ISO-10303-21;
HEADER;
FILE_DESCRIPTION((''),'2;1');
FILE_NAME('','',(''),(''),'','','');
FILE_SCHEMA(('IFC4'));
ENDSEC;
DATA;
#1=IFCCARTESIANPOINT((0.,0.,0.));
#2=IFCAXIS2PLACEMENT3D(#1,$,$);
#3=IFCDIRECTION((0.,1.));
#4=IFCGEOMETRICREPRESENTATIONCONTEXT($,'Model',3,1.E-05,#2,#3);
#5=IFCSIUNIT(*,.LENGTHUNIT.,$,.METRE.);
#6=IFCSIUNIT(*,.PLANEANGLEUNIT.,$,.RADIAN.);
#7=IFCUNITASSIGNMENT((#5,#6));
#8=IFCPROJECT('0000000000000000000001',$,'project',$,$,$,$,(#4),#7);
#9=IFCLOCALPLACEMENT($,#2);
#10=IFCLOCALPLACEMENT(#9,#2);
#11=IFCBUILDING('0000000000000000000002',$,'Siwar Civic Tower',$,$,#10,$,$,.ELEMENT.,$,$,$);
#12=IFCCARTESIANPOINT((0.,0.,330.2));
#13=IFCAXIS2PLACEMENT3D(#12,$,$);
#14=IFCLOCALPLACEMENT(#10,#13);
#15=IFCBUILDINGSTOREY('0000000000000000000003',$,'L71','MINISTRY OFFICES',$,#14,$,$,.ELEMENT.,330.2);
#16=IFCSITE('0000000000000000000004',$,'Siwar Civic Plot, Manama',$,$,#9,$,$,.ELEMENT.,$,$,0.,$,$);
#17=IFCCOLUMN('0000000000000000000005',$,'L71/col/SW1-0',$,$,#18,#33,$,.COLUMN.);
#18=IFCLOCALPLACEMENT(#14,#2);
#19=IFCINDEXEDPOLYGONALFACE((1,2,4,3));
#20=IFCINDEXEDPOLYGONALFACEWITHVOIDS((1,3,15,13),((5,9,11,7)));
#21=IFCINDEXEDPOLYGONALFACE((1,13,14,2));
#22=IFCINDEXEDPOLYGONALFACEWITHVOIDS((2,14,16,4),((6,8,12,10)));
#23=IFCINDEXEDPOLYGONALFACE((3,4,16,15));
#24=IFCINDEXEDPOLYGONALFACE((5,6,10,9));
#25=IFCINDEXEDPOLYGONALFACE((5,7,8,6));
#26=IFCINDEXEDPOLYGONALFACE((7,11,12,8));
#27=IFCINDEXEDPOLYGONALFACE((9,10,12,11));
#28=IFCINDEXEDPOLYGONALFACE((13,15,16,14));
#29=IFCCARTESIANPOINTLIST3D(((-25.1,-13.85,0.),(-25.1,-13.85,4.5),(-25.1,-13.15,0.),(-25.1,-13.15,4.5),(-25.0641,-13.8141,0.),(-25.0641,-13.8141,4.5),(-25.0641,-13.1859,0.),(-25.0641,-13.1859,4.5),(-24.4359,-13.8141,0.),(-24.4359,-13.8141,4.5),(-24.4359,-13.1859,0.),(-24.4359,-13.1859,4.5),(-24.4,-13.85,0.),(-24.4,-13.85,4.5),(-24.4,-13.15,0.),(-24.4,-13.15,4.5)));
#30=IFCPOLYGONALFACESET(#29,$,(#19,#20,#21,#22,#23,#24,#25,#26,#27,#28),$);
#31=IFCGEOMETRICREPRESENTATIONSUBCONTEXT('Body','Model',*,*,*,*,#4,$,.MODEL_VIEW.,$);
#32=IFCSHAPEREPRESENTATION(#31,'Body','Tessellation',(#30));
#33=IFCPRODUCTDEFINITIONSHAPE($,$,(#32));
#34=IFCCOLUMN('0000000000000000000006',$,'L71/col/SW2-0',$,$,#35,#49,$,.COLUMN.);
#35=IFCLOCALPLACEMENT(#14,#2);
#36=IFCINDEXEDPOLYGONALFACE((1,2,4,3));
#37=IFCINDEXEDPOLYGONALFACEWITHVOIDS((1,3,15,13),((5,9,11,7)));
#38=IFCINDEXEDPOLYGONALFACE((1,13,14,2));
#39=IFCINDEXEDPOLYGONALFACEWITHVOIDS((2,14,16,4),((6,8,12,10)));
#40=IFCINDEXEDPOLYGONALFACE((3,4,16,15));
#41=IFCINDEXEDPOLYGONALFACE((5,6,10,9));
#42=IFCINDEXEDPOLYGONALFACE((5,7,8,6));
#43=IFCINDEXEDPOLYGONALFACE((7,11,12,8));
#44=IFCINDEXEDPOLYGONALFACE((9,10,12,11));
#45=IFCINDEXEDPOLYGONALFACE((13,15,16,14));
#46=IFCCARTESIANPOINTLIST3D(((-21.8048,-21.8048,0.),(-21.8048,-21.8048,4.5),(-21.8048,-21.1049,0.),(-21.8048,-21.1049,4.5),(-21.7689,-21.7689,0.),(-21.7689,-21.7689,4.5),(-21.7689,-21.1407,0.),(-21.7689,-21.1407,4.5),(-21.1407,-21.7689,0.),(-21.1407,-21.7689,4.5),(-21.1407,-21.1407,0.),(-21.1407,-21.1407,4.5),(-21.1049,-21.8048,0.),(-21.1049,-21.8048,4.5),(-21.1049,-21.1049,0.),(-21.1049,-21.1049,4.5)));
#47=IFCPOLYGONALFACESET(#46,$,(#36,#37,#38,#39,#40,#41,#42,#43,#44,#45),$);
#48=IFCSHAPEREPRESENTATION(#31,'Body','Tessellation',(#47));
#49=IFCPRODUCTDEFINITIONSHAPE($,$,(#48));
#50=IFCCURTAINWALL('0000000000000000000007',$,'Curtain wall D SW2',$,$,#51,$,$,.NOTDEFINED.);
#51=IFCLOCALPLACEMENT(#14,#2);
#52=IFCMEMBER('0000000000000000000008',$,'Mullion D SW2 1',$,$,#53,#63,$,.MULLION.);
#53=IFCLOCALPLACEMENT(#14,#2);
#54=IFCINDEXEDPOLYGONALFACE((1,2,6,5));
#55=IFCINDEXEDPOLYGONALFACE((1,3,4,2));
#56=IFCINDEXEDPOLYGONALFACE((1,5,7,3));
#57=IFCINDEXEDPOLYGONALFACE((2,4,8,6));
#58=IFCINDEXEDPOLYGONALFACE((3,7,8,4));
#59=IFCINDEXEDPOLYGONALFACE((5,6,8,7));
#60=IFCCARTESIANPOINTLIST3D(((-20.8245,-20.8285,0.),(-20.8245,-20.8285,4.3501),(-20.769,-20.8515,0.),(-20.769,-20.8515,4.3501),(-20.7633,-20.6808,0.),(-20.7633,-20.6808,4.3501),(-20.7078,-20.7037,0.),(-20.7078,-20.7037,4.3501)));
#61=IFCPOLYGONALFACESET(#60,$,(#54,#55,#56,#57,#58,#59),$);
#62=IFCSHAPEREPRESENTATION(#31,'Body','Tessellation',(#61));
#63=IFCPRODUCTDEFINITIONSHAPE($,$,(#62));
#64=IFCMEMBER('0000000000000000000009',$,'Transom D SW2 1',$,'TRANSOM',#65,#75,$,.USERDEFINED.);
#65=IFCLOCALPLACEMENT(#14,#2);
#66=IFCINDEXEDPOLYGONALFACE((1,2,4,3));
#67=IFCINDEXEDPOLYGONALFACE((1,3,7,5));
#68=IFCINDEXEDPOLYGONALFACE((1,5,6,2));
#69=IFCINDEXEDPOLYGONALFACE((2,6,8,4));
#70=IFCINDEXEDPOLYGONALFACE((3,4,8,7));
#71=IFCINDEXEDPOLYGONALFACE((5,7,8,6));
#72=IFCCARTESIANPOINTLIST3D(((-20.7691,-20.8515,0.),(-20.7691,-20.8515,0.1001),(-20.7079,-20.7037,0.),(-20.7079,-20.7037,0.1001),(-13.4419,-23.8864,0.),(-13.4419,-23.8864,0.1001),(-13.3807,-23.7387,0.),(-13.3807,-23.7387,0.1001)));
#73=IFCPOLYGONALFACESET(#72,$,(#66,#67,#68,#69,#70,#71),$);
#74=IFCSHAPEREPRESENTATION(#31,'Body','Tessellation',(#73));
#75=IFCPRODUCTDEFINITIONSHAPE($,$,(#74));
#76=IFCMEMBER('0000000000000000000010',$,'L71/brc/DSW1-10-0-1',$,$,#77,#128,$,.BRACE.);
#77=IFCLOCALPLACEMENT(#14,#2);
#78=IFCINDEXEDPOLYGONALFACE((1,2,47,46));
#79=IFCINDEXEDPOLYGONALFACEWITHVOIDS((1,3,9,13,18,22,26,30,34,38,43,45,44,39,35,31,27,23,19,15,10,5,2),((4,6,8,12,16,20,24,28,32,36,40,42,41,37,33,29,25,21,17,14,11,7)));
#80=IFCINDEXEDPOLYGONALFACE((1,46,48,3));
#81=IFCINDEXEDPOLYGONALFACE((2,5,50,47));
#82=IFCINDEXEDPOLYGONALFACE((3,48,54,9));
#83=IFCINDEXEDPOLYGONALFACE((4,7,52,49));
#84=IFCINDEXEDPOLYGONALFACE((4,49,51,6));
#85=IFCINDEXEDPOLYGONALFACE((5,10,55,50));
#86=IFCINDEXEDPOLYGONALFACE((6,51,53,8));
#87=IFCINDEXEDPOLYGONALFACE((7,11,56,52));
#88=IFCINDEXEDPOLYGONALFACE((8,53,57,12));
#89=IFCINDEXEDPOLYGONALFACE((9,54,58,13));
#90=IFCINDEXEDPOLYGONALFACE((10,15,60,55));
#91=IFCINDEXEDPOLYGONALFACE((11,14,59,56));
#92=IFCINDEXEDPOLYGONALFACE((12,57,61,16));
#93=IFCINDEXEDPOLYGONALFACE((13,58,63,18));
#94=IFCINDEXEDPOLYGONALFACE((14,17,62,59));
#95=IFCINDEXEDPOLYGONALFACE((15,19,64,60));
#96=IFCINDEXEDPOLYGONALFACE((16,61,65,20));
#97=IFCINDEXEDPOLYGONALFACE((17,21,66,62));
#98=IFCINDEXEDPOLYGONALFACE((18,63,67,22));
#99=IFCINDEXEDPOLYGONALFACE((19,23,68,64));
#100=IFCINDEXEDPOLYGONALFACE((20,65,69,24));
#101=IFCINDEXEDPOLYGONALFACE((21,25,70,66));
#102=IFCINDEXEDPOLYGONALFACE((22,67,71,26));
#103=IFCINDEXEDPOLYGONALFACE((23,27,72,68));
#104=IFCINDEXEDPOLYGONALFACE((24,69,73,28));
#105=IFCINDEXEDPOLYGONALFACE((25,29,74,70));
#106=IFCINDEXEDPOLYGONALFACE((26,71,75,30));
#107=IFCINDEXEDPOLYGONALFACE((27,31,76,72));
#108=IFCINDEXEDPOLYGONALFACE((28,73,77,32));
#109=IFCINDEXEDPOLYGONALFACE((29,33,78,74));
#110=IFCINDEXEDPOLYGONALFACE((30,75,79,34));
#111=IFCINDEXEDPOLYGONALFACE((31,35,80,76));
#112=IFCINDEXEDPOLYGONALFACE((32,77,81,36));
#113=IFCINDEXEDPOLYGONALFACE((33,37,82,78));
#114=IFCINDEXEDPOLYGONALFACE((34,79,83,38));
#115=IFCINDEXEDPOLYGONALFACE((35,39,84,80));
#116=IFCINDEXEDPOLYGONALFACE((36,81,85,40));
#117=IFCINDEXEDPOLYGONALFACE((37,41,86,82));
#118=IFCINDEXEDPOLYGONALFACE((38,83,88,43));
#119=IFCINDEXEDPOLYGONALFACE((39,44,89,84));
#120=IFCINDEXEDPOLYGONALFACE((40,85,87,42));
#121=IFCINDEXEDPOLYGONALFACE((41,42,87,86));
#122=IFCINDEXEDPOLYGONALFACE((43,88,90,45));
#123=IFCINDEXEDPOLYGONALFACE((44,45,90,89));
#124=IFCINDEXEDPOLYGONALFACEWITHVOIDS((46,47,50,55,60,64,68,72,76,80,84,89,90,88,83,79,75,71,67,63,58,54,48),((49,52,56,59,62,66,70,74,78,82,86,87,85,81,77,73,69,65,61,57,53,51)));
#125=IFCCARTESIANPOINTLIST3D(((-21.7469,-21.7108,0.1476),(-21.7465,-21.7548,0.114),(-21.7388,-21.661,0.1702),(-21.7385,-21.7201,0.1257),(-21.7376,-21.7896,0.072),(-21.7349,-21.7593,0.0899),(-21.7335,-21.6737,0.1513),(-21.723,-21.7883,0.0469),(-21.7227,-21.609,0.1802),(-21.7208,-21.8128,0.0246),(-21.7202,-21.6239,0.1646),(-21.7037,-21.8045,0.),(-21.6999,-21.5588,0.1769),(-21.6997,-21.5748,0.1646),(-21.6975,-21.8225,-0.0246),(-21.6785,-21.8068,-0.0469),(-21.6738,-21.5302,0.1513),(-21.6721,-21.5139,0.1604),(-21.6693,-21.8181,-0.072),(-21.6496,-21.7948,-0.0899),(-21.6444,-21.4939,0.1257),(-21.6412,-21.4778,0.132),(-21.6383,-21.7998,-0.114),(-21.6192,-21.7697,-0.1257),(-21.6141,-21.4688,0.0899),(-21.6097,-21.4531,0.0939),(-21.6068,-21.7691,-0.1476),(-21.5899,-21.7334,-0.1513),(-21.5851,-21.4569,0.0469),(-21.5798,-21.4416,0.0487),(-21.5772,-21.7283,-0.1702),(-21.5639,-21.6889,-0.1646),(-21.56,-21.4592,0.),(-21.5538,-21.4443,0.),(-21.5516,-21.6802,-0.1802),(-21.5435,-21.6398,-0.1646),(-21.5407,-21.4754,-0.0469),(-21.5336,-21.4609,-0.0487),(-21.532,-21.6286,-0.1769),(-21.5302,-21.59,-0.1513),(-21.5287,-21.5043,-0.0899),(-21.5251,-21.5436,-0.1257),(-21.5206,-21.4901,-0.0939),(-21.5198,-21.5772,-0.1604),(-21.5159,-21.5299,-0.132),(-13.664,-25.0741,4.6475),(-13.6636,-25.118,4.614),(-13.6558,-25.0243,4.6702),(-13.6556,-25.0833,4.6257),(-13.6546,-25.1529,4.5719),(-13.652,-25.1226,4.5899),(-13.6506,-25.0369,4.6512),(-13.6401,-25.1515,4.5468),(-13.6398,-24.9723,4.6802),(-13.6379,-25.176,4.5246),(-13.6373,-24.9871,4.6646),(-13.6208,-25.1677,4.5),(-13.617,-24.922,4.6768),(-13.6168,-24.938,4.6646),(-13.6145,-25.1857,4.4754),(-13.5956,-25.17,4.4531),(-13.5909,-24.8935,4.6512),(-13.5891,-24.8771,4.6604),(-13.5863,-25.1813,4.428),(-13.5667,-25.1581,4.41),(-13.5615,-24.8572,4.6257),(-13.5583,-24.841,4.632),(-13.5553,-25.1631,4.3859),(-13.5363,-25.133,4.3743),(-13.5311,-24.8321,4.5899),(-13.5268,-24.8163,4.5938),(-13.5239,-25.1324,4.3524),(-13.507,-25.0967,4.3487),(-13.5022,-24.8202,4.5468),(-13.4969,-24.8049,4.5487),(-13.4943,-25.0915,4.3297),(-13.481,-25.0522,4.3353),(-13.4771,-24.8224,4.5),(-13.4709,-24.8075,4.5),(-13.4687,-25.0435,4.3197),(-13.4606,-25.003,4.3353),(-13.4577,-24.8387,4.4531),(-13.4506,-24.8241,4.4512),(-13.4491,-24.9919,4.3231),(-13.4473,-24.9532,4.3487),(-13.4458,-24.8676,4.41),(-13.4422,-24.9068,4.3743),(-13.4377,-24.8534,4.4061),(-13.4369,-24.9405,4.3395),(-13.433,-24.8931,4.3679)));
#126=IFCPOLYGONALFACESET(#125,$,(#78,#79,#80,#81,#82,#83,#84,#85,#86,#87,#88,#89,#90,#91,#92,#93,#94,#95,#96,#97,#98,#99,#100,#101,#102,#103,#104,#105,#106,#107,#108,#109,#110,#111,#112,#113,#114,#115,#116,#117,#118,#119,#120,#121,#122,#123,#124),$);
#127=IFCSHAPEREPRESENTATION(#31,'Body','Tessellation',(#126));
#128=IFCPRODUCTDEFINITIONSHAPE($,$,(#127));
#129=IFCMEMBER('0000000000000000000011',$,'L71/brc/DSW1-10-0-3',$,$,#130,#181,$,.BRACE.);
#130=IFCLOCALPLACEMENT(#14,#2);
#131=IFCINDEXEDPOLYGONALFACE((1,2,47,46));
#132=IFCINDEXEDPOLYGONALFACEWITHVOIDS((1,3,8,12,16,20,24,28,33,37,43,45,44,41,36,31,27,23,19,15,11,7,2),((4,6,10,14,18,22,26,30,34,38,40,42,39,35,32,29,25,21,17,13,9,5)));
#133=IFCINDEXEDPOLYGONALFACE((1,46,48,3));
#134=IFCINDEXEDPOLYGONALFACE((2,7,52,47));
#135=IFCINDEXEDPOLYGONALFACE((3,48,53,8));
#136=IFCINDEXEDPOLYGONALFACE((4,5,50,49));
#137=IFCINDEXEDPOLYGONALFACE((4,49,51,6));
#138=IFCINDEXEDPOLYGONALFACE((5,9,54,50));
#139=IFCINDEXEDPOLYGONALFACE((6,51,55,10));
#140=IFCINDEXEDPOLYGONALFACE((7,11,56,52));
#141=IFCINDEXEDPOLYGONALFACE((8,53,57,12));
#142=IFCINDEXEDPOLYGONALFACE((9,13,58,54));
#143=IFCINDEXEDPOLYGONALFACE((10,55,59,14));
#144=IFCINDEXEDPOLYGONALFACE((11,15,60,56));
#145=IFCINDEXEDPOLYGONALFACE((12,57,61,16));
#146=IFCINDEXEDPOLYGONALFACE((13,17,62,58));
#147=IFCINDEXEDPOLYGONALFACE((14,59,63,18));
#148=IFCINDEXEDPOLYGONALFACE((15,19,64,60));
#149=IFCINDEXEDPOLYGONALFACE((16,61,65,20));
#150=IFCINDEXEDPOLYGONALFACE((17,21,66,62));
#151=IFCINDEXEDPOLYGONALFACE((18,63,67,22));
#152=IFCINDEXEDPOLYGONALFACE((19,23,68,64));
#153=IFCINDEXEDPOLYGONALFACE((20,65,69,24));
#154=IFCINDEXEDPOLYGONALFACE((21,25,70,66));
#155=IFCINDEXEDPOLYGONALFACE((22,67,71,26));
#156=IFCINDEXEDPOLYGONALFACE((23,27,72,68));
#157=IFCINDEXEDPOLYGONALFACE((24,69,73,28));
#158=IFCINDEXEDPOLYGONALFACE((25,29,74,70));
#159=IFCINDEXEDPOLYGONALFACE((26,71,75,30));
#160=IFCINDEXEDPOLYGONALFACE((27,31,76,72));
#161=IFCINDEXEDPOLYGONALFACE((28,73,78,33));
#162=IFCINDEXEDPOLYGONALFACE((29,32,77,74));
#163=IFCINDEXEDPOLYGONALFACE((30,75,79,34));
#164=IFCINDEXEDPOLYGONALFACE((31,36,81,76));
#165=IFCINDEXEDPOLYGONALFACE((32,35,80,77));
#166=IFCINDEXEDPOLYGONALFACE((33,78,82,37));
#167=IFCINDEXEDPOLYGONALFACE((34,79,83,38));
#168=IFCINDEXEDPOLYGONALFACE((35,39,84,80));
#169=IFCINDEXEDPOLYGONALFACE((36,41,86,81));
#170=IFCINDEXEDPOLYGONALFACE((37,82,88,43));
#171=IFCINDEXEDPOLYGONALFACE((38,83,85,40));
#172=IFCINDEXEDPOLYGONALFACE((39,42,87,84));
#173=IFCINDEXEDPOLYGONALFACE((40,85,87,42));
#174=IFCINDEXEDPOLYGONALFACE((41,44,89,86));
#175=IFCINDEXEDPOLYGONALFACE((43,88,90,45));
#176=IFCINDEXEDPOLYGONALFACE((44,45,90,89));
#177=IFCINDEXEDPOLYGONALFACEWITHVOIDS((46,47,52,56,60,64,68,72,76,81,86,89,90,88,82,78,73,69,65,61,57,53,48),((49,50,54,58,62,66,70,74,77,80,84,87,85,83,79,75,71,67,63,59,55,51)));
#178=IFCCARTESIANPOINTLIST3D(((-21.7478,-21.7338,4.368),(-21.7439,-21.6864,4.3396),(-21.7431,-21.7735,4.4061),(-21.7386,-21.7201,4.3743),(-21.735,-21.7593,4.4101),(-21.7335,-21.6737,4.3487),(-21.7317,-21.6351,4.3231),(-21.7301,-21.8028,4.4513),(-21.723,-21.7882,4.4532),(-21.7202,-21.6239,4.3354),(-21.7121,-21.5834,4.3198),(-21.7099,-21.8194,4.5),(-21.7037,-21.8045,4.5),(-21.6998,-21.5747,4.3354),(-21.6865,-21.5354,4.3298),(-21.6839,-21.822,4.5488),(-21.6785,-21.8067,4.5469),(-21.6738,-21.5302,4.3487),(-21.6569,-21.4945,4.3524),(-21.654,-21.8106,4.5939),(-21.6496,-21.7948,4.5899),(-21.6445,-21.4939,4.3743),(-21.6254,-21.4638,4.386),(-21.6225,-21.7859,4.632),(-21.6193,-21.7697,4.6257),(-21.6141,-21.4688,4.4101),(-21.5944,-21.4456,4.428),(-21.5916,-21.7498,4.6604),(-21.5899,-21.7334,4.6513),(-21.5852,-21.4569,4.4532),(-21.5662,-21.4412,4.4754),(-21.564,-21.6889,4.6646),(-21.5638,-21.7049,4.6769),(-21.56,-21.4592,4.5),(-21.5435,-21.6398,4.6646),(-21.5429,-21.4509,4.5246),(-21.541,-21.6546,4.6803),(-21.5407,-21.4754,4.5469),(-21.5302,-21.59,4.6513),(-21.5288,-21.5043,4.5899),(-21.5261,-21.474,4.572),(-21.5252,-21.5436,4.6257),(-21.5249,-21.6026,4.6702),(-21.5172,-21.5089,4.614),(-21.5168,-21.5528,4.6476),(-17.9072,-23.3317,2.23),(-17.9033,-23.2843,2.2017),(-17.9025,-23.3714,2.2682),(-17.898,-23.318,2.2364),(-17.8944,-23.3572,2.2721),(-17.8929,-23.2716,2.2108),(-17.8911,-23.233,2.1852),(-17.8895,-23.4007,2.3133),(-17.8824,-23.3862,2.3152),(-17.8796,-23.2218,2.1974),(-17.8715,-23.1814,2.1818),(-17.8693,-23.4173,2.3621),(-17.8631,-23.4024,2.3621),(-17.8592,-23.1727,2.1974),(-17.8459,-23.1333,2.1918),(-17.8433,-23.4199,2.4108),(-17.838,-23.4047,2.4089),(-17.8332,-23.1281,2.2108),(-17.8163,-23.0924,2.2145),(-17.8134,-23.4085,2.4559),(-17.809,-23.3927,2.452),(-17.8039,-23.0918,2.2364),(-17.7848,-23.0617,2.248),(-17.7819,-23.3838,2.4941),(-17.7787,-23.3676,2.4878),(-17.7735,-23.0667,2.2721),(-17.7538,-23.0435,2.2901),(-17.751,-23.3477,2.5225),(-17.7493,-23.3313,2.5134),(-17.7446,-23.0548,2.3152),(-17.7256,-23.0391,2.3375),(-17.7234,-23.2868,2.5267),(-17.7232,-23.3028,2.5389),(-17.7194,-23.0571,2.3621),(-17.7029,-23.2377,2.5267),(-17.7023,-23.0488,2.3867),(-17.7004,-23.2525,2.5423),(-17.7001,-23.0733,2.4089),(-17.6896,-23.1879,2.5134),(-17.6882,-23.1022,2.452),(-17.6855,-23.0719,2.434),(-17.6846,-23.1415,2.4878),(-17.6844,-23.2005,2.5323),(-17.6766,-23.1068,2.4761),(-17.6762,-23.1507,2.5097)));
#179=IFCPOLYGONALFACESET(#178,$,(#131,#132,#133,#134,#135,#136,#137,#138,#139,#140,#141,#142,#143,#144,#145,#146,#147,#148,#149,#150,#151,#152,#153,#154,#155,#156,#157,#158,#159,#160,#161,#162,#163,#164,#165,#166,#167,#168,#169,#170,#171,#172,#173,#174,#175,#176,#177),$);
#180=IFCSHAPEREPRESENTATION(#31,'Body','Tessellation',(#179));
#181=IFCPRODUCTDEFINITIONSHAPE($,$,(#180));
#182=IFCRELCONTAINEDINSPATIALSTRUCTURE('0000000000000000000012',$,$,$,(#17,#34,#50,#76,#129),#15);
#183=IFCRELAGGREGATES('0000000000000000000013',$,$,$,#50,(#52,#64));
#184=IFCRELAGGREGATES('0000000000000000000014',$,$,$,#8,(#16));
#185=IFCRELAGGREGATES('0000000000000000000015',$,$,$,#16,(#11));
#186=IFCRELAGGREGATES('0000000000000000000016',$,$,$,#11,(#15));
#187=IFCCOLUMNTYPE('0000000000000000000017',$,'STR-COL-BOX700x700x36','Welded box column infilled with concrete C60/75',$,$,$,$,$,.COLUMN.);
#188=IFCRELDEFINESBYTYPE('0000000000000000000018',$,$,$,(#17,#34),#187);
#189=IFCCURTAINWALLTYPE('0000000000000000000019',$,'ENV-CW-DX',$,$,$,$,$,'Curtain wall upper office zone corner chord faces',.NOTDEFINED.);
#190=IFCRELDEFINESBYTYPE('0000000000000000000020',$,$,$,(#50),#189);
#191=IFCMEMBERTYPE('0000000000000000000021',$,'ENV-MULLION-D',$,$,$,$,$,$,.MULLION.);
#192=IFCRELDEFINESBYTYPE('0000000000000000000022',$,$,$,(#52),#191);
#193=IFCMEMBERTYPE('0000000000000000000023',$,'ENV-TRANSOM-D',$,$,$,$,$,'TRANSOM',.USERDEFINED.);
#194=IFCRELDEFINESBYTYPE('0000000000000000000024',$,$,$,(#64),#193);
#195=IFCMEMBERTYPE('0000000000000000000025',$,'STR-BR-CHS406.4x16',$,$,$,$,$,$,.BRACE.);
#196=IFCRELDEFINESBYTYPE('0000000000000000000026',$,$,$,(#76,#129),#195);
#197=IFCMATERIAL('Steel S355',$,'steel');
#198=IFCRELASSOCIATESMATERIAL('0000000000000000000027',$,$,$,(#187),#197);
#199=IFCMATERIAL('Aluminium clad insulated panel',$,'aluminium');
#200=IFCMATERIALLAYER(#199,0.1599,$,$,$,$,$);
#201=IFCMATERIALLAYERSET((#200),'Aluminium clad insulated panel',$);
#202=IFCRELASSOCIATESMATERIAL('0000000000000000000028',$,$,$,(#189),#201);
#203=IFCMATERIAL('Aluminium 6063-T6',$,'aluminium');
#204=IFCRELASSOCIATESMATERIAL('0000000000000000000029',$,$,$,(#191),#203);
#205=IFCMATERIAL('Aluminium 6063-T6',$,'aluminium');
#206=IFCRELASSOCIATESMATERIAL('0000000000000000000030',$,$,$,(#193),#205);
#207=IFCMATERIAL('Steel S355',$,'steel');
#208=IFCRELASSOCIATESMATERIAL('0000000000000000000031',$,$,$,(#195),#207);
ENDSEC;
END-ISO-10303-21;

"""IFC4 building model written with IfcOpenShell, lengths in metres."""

from ifc_helpers import new_model, si_unit, direction, frame, origin, origin_2d, place, context, subcontext, project, spatial, rectangle, hollow_rectangle, hollow_circle, extrude, material, layer, layer_set, material_profile, profile_set, type_object, element, aggregate, save


model = new_model("IFC4")

# Units and contexts
model_context = context("Model", 3, precision=1e-05, world=origin(), true_north=direction((0.0, 1.0)))
body_context = subcontext(model_context, "Body", "Model", "MODEL_VIEW")
ifc_project = project(units=[si_unit("LENGTHUNIT", "METRE"), si_unit("PLANEANGLEUNIT", "RADIAN")], contexts=[model_context])

# Site, building, storey
site_placement = place(None, origin())
site = spatial("IfcSite", under=ifc_project, at=site_placement, Name="Siwar Civic Plot, Manama", CompositionType="ELEMENT", RefElevation=0.0)
building_placement = place(site_placement, origin())
building = spatial("IfcBuilding", under=site, at=building_placement, Name="Siwar Civic Tower", CompositionType="ELEMENT")
storey_placement = place(building_placement, frame((0.0, 0.0, 330.2)))
storey = spatial("IfcBuildingStorey", under=building, at=storey_placement, Name="L71", Description="MINISTRY OFFICES", CompositionType="ELEMENT", Elevation=330.2)

# Columns
ifc_material_1 = material(Name="Steel S355", Category="steel")
ifc_material_profile_1 = material_profile(ifc_material_1, hollow_rectangle(XDim=0.7, YDim=0.7, WallThickness=0.0359, at=origin_2d()), Name="BOX700x700x36")
ifc_profile_set_1 = profile_set([ifc_material_profile_1], Name="Steel S355")
column_type = type_object("IfcColumnType", Name="STR-COL-BOX700x700x36", Description="Welded box column infilled with concrete C60/75", PredefinedType="COLUMN", material=ifc_profile_set_1)
for number, where, z_axis, x_axis, name in (
    (1, (-24.75, -13.5, 0.0), (0.0, 0.0, 1.0), (1.0, 0.0, 0.0), "L71/col/SW1-0"),
    (2, (-21.4548, -21.4548, 0.0), (0.0, 0.0, 1.0), (1.0, 0.0, 0.0), "L71/col/SW2-0"),
):
    element("IfcColumn", number, at=place(storey_placement, frame(where, z_axis=z_axis, x_axis=x_axis)), inside=storey, type_object=column_type, Name=name, PredefinedType="COLUMN", context=body_context, shape_type="SweptSolid", body=[
        extrude(hollow_rectangle(XDim=0.7, YDim=0.7, WallThickness=0.0359, at=origin_2d()), origin(), (0.0, 0.0, 1.0), 4.5),
    ])

# Curtain wall, members
ifc_material_2 = material(Name="Aluminium clad insulated panel", Category="aluminium")
ifc_layer_1 = layer(ifc_material_2, 0.1599)
ifc_layer_set_1 = layer_set([ifc_layer_1], Name="Aluminium clad insulated panel")
curtain_wall_type = type_object("IfcCurtainWallType", Name="ENV-CW-DX", ElementType="Curtain wall upper office zone corner chord faces", PredefinedType="NOTDEFINED", material=ifc_layer_set_1)
curtain_wall_1_placement = place(storey_placement, origin())
curtain_wall_1 = element("IfcCurtainWall", 3, at=curtain_wall_1_placement, inside=storey, type_object=curtain_wall_type, Name="Curtain wall D SW2", PredefinedType="NOTDEFINED")
ifc_material_3 = material(Name="Aluminium 6063-T6", Category="aluminium")
ifc_material_profile_2 = material_profile(ifc_material_3, rectangle(XDim=0.1599, YDim=0.0601, at=origin_2d()), Name="AL 160x60")
ifc_profile_set_2 = profile_set([ifc_material_profile_2], Name="Aluminium 6063-T6")
member_type_1 = type_object("IfcMemberType", Name="ENV-MULLION-D", PredefinedType="MULLION", material=ifc_profile_set_2)
member_1_placement = place(storey_placement, frame((-20.7661, -20.7661, 0.0), z_axis=(0.0, 0.0, 1.0), x_axis=(0.382683, 0.92388, 0.0)))
member_1 = element("IfcMember", 4, at=member_1_placement, type_object=member_type_1, Name="Mullion D SW2 1", PredefinedType="MULLION", context=body_context, shape_type="SweptSolid", body=[
    extrude(rectangle(XDim=0.1599, YDim=0.0601, at=origin_2d()), origin(), (0.0, 0.0, 1.0), 4.3501),
])
ifc_material_4 = material(Name="Aluminium 6063-T6", Category="aluminium")
ifc_material_profile_3 = material_profile(ifc_material_4, rectangle(XDim=0.1599, YDim=0.1001, at=origin_2d()), Name="AL 160x100")
ifc_profile_set_3 = profile_set([ifc_material_profile_3], Name="Aluminium 6063-T6")
member_type_2 = type_object("IfcMemberType", Name="ENV-TRANSOM-D", ElementType="TRANSOM", PredefinedType="USERDEFINED", material=ifc_profile_set_3)
member_2_placement = place(storey_placement, frame((-20.7385, -20.7776, 0.05), z_axis=(0.923884, -0.382674, 0.0), x_axis=(0.382674, 0.923884, 0.0)))
member_2 = element("IfcMember", 5, at=member_2_placement, type_object=member_type_2, Name="Transom D SW2 1", ObjectType="TRANSOM", PredefinedType="USERDEFINED", context=body_context, shape_type="SweptSolid", body=[
    extrude(rectangle(XDim=0.1599, YDim=0.1001, at=origin_2d()), origin(), (0.0, 0.0, 1.0), 7.9309),
])

# Members
ifc_material_5 = material(Name="Steel S355", Category="steel")
ifc_material_profile_4 = material_profile(ifc_material_5, hollow_circle(Radius=0.2031, WallThickness=0.0161, at=origin_2d()), Name="CHS406.4x16")
ifc_profile_set_4 = profile_set([ifc_material_profile_4], Name="Steel S355")
member_type_3 = type_object("IfcMemberType", Name="STR-BR-CHS406.4x16", PredefinedType="BRACE", material=ifc_profile_set_4)
member_3_placement = place(storey_placement, frame((-21.6318, -21.6318, 0.0), z_axis=(0.821143, -0.341671, 0.457149), x_axis=(0.384164, 0.923265, 0.0)))
element("IfcMember", 6, at=member_3_placement, inside=storey, type_object=member_type_3, Name="L71/brc/DSW1-10-0-1", PredefinedType="BRACE", context=body_context, shape_type="SweptSolid", body=[
    extrude(hollow_circle(Radius=0.2031, WallThickness=0.0161, at=origin_2d()), origin(), (0.0, 0.0, 1.0), 9.8435),
])
member_4_placement = place(storey_placement, frame((-17.7913, -23.2297, 2.3621), z_axis=(-0.821167, 0.341653, 0.45712), x_axis=(-0.384136, -0.923276, 0.0)))
element("IfcMember", 7, at=member_4_placement, inside=storey, type_object=member_type_3, Name="L71/brc/DSW1-10-0-3", PredefinedType="BRACE", context=body_context, shape_type="SweptSolid", body=[
    extrude(hollow_circle(Radius=0.2031, WallThickness=0.0161, at=origin_2d()), origin(), (0.0, 0.0, 1.0), 4.677),
])

aggregate(curtain_wall_1, [member_1, member_2])

save(model, "model.ifc")
